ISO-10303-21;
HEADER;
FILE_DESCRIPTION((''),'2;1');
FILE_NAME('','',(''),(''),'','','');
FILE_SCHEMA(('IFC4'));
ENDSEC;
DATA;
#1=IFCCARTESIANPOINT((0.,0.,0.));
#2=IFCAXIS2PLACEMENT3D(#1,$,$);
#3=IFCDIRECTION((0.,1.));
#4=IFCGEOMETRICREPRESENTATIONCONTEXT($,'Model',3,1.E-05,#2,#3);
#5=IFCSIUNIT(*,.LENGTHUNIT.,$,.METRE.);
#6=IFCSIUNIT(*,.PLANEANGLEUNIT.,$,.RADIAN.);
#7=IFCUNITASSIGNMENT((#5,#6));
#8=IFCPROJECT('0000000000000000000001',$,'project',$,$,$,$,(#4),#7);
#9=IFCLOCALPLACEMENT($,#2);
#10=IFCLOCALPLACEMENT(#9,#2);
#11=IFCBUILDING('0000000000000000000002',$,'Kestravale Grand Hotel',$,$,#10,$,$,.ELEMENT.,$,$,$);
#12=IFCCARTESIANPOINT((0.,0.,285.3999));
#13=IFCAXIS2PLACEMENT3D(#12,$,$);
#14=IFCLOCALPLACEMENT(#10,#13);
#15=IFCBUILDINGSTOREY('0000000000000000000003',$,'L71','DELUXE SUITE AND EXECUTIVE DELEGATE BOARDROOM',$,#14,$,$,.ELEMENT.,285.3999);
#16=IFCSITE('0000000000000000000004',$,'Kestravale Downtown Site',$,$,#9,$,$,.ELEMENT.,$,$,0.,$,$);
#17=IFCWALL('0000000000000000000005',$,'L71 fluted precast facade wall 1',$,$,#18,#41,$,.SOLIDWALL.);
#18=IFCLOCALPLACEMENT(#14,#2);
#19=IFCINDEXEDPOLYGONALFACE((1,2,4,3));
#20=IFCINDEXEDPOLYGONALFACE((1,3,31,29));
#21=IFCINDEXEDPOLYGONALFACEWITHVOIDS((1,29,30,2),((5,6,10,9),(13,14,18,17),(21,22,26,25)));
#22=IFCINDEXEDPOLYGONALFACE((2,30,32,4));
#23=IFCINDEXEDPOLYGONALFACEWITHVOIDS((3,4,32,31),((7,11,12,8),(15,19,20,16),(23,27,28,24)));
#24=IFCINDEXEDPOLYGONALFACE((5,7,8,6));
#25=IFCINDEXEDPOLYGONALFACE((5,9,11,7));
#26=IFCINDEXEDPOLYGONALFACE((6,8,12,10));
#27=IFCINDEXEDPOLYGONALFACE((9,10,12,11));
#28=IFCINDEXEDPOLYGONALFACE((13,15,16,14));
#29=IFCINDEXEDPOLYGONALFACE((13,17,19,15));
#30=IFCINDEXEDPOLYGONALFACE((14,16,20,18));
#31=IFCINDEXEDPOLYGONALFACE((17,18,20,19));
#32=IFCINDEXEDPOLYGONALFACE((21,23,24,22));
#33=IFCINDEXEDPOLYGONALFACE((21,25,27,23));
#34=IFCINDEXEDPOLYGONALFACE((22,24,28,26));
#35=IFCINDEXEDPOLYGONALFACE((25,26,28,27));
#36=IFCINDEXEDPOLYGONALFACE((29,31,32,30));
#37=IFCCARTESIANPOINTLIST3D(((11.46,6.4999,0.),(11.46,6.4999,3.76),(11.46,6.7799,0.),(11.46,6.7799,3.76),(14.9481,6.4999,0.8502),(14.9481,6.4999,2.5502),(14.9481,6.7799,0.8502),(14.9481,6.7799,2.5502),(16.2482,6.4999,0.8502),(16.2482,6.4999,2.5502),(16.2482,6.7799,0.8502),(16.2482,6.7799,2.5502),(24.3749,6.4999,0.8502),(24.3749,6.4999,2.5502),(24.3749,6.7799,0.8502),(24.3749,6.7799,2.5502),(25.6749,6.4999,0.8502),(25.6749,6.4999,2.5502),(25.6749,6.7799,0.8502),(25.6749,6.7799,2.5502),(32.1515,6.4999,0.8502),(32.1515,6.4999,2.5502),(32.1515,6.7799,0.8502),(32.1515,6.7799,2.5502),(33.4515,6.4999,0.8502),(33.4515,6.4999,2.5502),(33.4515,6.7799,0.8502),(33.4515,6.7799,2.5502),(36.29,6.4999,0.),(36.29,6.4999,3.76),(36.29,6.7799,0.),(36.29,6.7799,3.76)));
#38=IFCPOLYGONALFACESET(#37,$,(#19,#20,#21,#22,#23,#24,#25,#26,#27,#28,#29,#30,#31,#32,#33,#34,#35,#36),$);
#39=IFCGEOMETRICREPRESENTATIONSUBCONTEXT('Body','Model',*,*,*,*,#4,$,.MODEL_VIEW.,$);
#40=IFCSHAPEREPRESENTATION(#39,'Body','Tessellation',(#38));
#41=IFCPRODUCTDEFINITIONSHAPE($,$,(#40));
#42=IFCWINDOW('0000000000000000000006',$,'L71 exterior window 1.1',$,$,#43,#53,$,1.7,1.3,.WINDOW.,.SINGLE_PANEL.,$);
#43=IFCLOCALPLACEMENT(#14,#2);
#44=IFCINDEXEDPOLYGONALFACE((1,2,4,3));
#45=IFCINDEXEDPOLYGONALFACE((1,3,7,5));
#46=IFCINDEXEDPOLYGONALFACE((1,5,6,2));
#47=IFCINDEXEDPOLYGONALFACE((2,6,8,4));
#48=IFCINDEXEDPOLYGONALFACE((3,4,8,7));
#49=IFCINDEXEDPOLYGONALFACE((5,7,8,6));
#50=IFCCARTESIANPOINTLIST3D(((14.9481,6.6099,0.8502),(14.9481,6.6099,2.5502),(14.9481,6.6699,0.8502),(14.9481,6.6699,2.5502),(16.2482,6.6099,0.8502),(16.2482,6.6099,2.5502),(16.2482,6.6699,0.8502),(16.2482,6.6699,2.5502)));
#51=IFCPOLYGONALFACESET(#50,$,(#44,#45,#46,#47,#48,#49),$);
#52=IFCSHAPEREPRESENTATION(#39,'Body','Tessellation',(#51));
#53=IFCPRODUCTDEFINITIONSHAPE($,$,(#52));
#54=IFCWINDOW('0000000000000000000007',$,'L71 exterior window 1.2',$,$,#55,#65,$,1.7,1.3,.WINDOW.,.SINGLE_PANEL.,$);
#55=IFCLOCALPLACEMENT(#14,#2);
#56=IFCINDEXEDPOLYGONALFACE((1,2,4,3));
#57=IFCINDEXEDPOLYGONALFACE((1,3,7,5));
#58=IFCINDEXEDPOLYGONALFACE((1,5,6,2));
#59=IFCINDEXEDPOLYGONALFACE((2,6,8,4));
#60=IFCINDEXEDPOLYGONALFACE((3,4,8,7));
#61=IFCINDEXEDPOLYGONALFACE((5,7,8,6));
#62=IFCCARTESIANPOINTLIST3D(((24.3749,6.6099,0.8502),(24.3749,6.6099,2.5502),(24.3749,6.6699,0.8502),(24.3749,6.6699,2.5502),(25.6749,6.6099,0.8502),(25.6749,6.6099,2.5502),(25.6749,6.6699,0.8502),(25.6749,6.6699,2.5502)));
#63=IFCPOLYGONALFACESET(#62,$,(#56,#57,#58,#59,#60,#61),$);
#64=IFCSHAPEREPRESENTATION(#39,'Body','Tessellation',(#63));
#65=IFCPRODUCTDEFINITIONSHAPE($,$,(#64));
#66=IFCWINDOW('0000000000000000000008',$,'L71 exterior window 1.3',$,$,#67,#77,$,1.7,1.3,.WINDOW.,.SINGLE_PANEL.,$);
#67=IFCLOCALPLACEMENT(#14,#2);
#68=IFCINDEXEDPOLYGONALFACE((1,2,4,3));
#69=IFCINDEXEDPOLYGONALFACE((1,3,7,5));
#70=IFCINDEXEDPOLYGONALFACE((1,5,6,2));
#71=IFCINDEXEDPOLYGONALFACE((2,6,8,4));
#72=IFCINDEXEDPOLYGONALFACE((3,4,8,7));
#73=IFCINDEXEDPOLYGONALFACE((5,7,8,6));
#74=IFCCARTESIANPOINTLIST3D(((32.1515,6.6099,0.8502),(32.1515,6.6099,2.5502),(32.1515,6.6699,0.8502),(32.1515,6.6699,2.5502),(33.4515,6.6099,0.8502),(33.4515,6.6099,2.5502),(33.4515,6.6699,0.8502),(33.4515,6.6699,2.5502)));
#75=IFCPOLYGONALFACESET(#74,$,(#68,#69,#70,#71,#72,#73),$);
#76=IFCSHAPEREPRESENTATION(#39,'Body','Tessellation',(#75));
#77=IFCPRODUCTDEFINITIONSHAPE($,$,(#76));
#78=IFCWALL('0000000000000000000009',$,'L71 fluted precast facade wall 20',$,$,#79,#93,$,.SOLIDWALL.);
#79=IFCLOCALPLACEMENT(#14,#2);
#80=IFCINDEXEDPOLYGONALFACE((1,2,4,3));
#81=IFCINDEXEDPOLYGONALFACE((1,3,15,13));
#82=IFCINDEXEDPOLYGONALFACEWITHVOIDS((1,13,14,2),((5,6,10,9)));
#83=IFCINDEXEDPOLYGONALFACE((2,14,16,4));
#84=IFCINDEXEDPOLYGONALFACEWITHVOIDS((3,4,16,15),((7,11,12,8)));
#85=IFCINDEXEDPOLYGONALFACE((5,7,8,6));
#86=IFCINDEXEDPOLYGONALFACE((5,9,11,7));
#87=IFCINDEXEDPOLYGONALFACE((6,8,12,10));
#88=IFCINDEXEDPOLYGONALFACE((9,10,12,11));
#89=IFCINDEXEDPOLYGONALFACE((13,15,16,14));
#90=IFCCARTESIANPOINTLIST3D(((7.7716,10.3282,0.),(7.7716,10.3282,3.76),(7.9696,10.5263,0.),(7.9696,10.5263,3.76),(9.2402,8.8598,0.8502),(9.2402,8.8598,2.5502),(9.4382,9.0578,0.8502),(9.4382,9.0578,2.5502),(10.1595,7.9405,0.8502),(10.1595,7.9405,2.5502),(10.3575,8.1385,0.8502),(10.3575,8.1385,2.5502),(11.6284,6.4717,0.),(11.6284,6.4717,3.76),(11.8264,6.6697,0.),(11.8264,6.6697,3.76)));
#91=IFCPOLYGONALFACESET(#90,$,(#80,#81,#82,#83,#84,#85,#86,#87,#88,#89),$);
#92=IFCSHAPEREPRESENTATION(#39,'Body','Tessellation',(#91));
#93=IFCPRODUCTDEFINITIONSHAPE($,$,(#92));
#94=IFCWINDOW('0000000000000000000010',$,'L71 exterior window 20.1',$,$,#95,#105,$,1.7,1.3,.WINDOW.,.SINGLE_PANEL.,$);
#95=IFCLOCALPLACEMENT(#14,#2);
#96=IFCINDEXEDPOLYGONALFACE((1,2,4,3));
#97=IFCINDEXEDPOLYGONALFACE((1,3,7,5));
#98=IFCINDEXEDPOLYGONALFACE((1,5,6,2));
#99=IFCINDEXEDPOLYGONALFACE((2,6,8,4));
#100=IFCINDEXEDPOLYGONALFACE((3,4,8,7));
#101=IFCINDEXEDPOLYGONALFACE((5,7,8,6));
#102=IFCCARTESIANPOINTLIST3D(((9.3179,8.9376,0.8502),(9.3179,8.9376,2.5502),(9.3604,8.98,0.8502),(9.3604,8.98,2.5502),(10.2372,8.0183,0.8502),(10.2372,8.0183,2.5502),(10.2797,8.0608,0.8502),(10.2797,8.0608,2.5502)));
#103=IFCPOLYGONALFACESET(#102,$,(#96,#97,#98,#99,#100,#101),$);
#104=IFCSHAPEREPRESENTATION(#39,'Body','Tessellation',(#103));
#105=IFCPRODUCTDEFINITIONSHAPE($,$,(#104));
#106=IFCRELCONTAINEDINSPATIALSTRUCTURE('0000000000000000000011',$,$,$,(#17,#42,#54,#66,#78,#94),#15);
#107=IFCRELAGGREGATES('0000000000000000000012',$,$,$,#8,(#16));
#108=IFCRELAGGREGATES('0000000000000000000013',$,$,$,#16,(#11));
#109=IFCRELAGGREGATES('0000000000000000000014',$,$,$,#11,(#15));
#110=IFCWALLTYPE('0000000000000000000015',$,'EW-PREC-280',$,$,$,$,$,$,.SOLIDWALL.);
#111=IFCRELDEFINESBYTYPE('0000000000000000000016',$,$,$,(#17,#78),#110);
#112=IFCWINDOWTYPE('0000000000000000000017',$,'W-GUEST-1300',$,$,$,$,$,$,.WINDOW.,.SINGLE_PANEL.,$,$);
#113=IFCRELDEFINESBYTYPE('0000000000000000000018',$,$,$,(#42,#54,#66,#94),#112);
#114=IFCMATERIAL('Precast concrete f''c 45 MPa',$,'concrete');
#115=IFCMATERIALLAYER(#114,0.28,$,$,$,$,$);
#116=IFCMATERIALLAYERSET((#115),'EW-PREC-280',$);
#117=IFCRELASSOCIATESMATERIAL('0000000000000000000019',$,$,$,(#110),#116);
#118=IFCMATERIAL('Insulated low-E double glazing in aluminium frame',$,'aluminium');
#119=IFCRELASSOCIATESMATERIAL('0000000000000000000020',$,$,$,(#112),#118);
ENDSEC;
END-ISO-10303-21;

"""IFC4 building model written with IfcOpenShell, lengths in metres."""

from ifc_helpers import new_model, si_unit, direction, frame, frame_2d, origin, place, context, subcontext, project, spatial, rectangle, extrude, material, layer, layer_set, type_object, element, fill, save


model = new_model("IFC4")

# Units and contexts
model_context = context("Model", 3, precision=1e-05, world=origin(), true_north=direction((0.0, 1.0)))
body_context = subcontext(model_context, "Body", "Model", "MODEL_VIEW")
ifc_project = project(units=[si_unit("LENGTHUNIT", "METRE"), si_unit("PLANEANGLEUNIT", "RADIAN")], contexts=[model_context])

# Site, building, storey
site_placement = place(None, origin())
site = spatial("IfcSite", under=ifc_project, at=site_placement, Name="Kestravale Downtown Site", CompositionType="ELEMENT", RefElevation=0.0)
building_placement = place(site_placement, origin())
building = spatial("IfcBuilding", under=site, at=building_placement, Name="Kestravale Grand Hotel", CompositionType="ELEMENT")
storey_placement = place(building_placement, frame((0.0, 0.0, 285.3999)))
storey = spatial("IfcBuildingStorey", under=building, at=storey_placement, Name="L71", Description="DELUXE SUITE AND EXECUTIVE DELEGATE BOARDROOM", CompositionType="ELEMENT", Elevation=285.3999)

# Wall, openings, windows
ifc_material_1 = material(Name="Precast concrete f'c 45 MPa", Category="concrete")
ifc_layer_1 = layer(ifc_material_1, 0.28)
ifc_layer_set_1 = layer_set([ifc_layer_1], Name="EW-PREC-280")
wall_type_1 = type_object("IfcWallType", Name="EW-PREC-280", PredefinedType="SOLIDWALL", material=ifc_layer_set_1)
wall_1_placement = place(storey_placement, frame((11.46, 6.6399, 0.0), z_axis=(0.0, 0.0, 1.0), x_axis=(1.0, 0.0, 0.0)))
wall_1 = element("IfcWall", 1, at=wall_1_placement, inside=storey, type_object=wall_type_1, Name="L71 fluted precast facade wall 1", PredefinedType="SOLIDWALL", context=body_context, shape_type="SweptSolid", body=[
    extrude(rectangle(XDim=24.8301, YDim=0.28, at=frame_2d((12.415, 0.0))), origin(), (0.0, 0.0, 1.0), 3.76),
])
opening_1_placement = place(wall_1_placement, frame((3.4883, 0.0, 0.8501)))
opening_1 = element("IfcOpeningElement", 2, at=opening_1_placement, cuts=wall_1, PredefinedType="OPENING", context=body_context, shape_type="SweptSolid", body=[
    extrude(rectangle(XDim=1.3, YDim=1.7, at=frame_2d((0.6499, 0.8501))), frame((0.0, 0.1499, 0.0), z_axis=(0.0, -1.0, 0.0), x_axis=(1.0, 0.0, 0.0)), (0.0, 0.0, 1.0), 0.3),
])
opening_2_placement = place(wall_1_placement, frame((12.915, 0.0, 0.8501)))
opening_2 = element("IfcOpeningElement", 3, at=opening_2_placement, cuts=wall_1, PredefinedType="OPENING", context=body_context, shape_type="SweptSolid", body=[
    extrude(rectangle(XDim=1.3, YDim=1.7, at=frame_2d((0.6499, 0.8501))), frame((0.0, 0.1499, 0.0), z_axis=(0.0, -1.0, 0.0), x_axis=(1.0, 0.0, 0.0)), (0.0, 0.0, 1.0), 0.3),
])
opening_3_placement = place(wall_1_placement, frame((20.6917, 0.0, 0.8501)))
opening_3 = element("IfcOpeningElement", 4, at=opening_3_placement, cuts=wall_1, PredefinedType="OPENING", context=body_context, shape_type="SweptSolid", body=[
    extrude(rectangle(XDim=1.3, YDim=1.7, at=frame_2d((0.6499, 0.8501))), frame((0.0, 0.1499, 0.0), z_axis=(0.0, -1.0, 0.0), x_axis=(1.0, 0.0, 0.0)), (0.0, 0.0, 1.0), 0.3),
])
ifc_material_2 = material(Name="Insulated low-E double glazing in aluminium frame", Category="aluminium")
window_type = type_object("IfcWindowType", Name="W-GUEST-1300", PartitioningType="SINGLE_PANEL", PredefinedType="WINDOW", material=ifc_material_2)
window_1_placement = place(opening_1_placement, origin())
window_1 = element("IfcWindow", 5, at=window_1_placement, inside=storey, type_object=window_type, Name="L71 exterior window 1.1", OverallHeight=1.7, OverallWidth=1.3, PartitioningType="SINGLE_PANEL", PredefinedType="WINDOW", context=body_context, shape_type="SweptSolid", body=[
    extrude(rectangle(XDim=1.3, YDim=1.7, at=frame_2d((0.6499, 0.8501))), frame((0.0, 0.03, 0.0), z_axis=(0.0, -1.0, 0.0), x_axis=(1.0, 0.0, 0.0)), (0.0, 0.0, 1.0), 0.0601),
])
fill(opening_1, window_1)
window_2_placement = place(opening_2_placement, origin())
window_2 = element("IfcWindow", 6, at=window_2_placement, inside=storey, type_object=window_type, Name="L71 exterior window 1.2", OverallHeight=1.7, OverallWidth=1.3, PartitioningType="SINGLE_PANEL", PredefinedType="WINDOW", context=body_context, shape_type="SweptSolid", body=[
    extrude(rectangle(XDim=1.3, YDim=1.7, at=frame_2d((0.6499, 0.8501))), frame((0.0, 0.03, 0.0), z_axis=(0.0, -1.0, 0.0), x_axis=(1.0, 0.0, 0.0)), (0.0, 0.0, 1.0), 0.0601),
])
fill(opening_2, window_2)
window_3_placement = place(opening_3_placement, origin())
window_3 = element("IfcWindow", 7, at=window_3_placement, inside=storey, type_object=window_type, Name="L71 exterior window 1.3", OverallHeight=1.7, OverallWidth=1.3, PartitioningType="SINGLE_PANEL", PredefinedType="WINDOW", context=body_context, shape_type="SweptSolid", body=[
    extrude(rectangle(XDim=1.3, YDim=1.7, at=frame_2d((0.6499, 0.8501))), frame((0.0, 0.03, 0.0), z_axis=(0.0, -1.0, 0.0), x_axis=(1.0, 0.0, 0.0)), (0.0, 0.0, 1.0), 0.0601),
])
fill(opening_3, window_3)

# Wall, opening, window
wall_2_placement = place(storey_placement, frame((7.8706, 10.4272, 0.0), z_axis=(0.0, 0.0, 1.0), x_axis=(0.707129, -0.707084, 0.0)))
wall_2 = element("IfcWall", 8, at=wall_2_placement, inside=storey, type_object=wall_type_1, Name="L71 fluted precast facade wall 20", PredefinedType="SOLIDWALL", context=body_context, shape_type="SweptSolid", body=[
    extrude(rectangle(XDim=5.4541, YDim=0.28, at=frame_2d((2.7271, 0.0))), origin(), (0.0, 0.0, 1.0), 3.76),
])
opening_4_placement = place(wall_2_placement, frame((2.0769, 0.0, 0.8501)))
opening_4 = element("IfcOpeningElement", 9, at=opening_4_placement, cuts=wall_2, PredefinedType="OPENING", context=body_context, shape_type="SweptSolid", body=[
    extrude(rectangle(XDim=1.3, YDim=1.7, at=frame_2d((0.6499, 0.8501))), frame((0.0, 0.1499, 0.0), z_axis=(0.0, -1.0, 0.0), x_axis=(1.0, 0.0, 0.0)), (0.0, 0.0, 1.0), 0.3),
])
window_4_placement = place(opening_4_placement, origin())
window_4 = element("IfcWindow", 10, at=window_4_placement, inside=storey, type_object=window_type, Name="L71 exterior window 20.1", OverallHeight=1.7, OverallWidth=1.3, PartitioningType="SINGLE_PANEL", PredefinedType="WINDOW", context=body_context, shape_type="SweptSolid", body=[
    extrude(rectangle(XDim=1.3, YDim=1.7, at=frame_2d((0.6499, 0.8501))), frame((0.0, 0.03, 0.0), z_axis=(0.0, -1.0, 0.0), x_axis=(1.0, 0.0, 0.0)), (0.0, 0.0, 1.0), 0.0601),
])
fill(opening_4, window_4)

save(model, "model.ifc")
